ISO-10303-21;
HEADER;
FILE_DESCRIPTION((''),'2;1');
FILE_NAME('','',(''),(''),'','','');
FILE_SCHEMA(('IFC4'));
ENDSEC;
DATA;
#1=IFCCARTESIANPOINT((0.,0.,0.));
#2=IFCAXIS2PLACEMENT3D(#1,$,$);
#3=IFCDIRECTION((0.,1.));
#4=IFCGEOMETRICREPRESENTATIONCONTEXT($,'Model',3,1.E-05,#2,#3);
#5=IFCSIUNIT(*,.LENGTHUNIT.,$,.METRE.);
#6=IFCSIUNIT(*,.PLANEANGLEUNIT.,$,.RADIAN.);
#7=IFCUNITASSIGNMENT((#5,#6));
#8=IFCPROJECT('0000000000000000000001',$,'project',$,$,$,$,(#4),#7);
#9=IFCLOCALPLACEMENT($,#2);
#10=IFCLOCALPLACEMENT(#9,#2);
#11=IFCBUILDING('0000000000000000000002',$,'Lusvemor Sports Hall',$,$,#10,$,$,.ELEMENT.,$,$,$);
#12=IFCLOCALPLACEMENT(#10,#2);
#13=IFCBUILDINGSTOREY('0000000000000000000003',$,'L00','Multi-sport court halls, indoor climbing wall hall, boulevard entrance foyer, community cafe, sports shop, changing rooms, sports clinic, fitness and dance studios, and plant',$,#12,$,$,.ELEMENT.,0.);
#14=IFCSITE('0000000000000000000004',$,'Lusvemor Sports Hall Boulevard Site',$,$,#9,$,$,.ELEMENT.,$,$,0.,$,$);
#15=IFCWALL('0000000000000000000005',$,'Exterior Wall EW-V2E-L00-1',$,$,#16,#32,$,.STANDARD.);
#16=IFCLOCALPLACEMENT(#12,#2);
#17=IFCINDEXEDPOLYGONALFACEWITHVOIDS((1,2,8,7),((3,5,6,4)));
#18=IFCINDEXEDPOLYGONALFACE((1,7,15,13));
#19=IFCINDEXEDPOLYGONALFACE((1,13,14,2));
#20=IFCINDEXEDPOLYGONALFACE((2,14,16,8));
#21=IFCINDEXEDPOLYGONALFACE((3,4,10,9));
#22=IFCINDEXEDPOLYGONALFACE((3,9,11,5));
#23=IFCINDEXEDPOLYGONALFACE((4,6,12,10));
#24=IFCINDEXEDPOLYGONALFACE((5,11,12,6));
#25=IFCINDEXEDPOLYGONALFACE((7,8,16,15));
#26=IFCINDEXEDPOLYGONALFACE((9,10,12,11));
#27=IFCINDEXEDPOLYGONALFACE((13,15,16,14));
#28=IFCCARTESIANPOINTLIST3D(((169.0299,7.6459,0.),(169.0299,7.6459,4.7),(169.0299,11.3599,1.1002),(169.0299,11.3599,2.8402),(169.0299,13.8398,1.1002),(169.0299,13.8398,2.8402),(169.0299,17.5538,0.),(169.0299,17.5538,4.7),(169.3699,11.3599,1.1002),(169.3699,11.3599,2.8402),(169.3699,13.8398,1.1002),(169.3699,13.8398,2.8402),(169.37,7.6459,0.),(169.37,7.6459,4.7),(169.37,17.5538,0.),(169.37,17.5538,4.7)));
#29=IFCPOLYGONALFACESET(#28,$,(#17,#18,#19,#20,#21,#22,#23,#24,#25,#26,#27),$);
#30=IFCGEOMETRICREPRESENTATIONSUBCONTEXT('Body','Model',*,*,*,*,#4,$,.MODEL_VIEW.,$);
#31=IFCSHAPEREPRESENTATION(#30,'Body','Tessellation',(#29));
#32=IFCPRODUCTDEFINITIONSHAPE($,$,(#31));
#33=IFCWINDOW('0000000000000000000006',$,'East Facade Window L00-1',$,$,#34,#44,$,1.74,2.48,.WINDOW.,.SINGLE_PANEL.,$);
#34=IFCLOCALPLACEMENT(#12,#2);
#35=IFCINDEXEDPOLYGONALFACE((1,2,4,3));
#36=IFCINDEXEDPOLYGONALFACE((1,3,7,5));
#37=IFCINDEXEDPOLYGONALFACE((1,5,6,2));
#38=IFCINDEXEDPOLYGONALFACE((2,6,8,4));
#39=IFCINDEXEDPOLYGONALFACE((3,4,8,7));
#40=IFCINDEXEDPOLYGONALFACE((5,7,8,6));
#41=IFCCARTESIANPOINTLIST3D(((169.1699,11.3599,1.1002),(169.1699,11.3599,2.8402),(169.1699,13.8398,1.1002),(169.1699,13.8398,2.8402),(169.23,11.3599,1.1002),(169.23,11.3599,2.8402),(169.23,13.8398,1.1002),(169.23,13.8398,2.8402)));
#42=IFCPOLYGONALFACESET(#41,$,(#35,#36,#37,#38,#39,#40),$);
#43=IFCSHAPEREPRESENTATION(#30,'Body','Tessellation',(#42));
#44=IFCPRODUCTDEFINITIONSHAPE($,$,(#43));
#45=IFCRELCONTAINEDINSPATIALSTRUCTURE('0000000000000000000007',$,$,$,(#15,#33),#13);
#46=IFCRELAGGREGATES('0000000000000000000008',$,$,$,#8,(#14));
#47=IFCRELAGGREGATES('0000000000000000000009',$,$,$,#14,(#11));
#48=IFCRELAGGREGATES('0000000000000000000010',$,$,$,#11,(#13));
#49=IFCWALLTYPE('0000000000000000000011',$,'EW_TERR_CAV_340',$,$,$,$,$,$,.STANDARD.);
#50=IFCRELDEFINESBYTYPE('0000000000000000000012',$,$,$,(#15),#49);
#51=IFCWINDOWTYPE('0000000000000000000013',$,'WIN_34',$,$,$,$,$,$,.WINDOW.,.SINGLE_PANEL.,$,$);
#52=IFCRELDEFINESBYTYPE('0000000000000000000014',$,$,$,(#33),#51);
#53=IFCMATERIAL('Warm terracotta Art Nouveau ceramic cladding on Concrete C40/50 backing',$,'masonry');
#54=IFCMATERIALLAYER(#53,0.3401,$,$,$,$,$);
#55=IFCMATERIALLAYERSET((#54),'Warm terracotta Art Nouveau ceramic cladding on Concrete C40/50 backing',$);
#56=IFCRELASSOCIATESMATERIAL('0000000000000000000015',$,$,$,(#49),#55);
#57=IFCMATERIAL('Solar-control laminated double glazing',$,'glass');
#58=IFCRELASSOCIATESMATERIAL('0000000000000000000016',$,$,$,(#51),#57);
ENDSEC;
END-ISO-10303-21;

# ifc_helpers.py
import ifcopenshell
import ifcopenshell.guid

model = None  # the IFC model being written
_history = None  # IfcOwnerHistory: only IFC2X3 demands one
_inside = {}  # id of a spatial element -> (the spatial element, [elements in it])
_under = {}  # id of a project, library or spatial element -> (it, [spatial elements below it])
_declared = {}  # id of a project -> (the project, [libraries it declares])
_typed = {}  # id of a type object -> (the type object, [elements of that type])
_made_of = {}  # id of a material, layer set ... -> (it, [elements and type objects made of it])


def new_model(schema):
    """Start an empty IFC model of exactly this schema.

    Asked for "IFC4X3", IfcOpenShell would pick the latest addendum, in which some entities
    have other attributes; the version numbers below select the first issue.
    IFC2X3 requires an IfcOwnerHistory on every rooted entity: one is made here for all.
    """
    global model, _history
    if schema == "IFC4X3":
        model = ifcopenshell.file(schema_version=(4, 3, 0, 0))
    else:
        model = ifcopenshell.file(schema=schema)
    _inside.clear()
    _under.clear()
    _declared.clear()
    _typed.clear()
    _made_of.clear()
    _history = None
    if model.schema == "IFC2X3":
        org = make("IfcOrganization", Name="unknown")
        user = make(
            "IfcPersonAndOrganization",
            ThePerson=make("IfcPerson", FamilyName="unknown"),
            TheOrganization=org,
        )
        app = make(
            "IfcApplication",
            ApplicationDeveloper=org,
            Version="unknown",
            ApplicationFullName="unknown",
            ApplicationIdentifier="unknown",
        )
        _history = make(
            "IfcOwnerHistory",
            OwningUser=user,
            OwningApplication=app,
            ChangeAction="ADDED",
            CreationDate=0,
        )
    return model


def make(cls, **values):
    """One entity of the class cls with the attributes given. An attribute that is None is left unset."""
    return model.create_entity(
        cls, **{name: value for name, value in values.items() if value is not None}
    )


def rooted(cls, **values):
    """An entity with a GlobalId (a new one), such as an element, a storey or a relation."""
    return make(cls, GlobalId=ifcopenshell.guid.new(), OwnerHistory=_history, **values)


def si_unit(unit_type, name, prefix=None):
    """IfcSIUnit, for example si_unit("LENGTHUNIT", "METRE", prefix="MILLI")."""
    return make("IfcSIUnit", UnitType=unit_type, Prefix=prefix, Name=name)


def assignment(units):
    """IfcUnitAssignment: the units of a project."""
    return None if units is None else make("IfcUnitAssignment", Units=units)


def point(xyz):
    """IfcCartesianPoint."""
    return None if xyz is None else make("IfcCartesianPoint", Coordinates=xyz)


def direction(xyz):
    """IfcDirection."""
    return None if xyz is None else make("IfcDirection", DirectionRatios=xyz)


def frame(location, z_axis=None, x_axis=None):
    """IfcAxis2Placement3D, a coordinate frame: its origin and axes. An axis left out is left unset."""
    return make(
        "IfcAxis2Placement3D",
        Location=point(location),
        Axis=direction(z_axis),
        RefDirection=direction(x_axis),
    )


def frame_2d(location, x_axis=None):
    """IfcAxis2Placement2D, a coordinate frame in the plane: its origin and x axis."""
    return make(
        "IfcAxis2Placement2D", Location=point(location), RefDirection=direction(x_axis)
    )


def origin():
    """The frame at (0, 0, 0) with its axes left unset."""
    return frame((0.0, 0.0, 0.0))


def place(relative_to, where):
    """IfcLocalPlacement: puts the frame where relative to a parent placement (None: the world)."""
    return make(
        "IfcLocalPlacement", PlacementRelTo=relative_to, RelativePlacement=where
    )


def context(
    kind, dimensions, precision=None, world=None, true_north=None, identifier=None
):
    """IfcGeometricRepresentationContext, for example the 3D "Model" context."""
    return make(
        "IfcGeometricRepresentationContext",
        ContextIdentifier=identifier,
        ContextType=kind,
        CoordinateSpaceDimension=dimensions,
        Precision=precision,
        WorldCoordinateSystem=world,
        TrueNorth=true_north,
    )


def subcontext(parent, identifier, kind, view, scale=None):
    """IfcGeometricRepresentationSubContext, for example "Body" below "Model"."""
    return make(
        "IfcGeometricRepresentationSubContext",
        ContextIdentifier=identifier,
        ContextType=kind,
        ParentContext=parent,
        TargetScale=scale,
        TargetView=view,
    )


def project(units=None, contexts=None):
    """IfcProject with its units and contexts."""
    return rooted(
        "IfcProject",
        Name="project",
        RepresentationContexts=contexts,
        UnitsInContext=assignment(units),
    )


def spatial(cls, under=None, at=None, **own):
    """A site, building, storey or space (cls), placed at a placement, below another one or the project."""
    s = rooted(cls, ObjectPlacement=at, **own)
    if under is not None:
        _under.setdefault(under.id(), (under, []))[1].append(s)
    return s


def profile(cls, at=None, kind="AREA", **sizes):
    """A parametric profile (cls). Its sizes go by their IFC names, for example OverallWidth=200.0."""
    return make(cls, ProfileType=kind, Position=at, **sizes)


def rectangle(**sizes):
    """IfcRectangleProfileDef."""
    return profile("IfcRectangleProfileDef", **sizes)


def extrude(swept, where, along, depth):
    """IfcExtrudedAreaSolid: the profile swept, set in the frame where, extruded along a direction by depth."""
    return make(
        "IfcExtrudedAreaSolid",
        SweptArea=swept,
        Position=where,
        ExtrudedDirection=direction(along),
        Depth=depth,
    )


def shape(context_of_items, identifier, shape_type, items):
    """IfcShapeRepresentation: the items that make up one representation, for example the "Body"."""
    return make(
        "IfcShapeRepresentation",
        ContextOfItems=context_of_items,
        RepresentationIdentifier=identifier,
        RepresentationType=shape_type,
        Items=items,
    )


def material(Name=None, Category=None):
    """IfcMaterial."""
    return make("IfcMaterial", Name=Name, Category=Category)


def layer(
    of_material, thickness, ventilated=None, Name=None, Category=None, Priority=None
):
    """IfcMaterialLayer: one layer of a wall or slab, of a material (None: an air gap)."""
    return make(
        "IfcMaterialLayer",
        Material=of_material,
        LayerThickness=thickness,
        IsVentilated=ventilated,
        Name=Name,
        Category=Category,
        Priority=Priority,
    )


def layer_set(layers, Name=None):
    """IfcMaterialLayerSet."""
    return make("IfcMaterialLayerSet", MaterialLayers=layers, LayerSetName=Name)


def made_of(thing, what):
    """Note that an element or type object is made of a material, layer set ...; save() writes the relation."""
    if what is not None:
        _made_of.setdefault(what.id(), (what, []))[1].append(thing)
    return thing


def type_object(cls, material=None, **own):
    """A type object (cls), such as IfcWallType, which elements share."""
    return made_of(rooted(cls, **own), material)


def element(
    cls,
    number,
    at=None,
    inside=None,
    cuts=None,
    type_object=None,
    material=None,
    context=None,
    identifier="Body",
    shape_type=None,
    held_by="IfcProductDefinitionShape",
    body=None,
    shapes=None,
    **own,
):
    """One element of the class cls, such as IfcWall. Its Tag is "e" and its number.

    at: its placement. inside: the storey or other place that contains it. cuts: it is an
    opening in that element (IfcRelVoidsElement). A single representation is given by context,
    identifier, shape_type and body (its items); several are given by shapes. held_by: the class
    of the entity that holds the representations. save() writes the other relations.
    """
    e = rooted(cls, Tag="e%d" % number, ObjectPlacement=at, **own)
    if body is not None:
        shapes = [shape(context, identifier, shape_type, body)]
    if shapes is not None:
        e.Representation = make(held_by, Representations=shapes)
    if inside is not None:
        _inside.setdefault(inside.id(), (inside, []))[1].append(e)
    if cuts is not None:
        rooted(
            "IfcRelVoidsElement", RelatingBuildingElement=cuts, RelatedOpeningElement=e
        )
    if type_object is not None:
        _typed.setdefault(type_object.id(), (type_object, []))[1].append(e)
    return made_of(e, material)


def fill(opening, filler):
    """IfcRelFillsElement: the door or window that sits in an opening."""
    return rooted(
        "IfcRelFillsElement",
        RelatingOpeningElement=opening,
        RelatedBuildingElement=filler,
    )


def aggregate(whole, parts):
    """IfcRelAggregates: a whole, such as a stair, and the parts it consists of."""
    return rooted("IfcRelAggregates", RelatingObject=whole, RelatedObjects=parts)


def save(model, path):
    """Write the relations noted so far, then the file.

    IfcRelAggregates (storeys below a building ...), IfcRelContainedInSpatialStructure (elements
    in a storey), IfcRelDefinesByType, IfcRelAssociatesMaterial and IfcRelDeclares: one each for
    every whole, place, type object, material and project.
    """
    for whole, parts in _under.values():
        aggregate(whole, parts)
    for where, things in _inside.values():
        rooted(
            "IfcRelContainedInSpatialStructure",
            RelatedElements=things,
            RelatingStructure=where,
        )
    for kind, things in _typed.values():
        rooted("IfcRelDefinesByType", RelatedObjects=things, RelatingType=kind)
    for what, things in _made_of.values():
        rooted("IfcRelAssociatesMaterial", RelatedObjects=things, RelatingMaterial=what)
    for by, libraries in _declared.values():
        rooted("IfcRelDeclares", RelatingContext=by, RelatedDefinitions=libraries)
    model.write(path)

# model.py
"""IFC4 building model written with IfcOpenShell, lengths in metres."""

from ifc_helpers import new_model, si_unit, direction, frame, frame_2d, origin, place, context, subcontext, project, spatial, rectangle, extrude, material, layer, layer_set, type_object, element, fill, save


model = new_model("IFC4")

# Units and contexts
model_context = context("Model", 3, precision=1e-05, world=origin(), true_north=direction((0.0, 1.0)))
body_context = subcontext(model_context, "Body", "Model", "MODEL_VIEW")
ifc_project = project(units=[si_unit("LENGTHUNIT", "METRE"), si_unit("PLANEANGLEUNIT", "RADIAN")], contexts=[model_context])

# Site, building, storey
site_placement = place(None, origin())
site = spatial("IfcSite", under=ifc_project, at=site_placement, Name="Lusvemor Sports Hall Boulevard Site", CompositionType="ELEMENT", RefElevation=0.0)
building_placement = place(site_placement, origin())
building = spatial("IfcBuilding", under=site, at=building_placement, Name="Lusvemor Sports Hall", CompositionType="ELEMENT")
storey_placement = place(building_placement, origin())
storey = spatial("IfcBuildingStorey", under=building, at=storey_placement, Name="L00", Description="Multi-sport court halls, indoor climbing wall hall, boulevard entrance foyer, community cafe, sports shop, changing rooms, sports clinic, fitness and dance studios, and plant", CompositionType="ELEMENT", Elevation=0.0)

# Wall, opening, window
ifc_material_1 = material(Name="Warm terracotta Art Nouveau ceramic cladding on Concrete C40/50 backing", Category="masonry")
ifc_layer = layer(ifc_material_1, 0.3401)
ifc_layer_set = layer_set([ifc_layer], Name="Warm terracotta Art Nouveau ceramic cladding on Concrete C40/50 backing")
wall_type = type_object("IfcWallType", Name="EW_TERR_CAV_340", PredefinedType="STANDARD", material=ifc_layer_set)
wall_1_placement = place(storey_placement, frame((169.2, 17.554, 0.0), z_axis=(0.0, 0.0, 1.0), x_axis=(0.0, -1.0, 0.0)))
wall_1 = element("IfcWall", 1, at=wall_1_placement, inside=storey, type_object=wall_type, Name="Exterior Wall EW-V2E-L00-1", PredefinedType="STANDARD", context=body_context, shape_type="SweptSolid", body=[
    extrude(rectangle(XDim=9.908, YDim=0.3401, at=frame_2d((4.9541, 0.0))), origin(), (0.0, 0.0, 1.0), 4.7),
])
opening_1_placement = place(wall_1_placement, frame((3.7141, 0.0, 1.1001)))
opening_1 = element("IfcOpeningElement", 2, at=opening_1_placement, cuts=wall_1, PredefinedType="OPENING", context=body_context, shape_type="SweptSolid", body=[
    extrude(rectangle(XDim=2.48, YDim=1.74, at=frame_2d((1.24, 0.8701))), frame((0.0, 0.1699, 0.0), z_axis=(0.0, -1.0, 0.0), x_axis=(1.0, 0.0, 0.0)), (0.0, 0.0, 1.0), 0.3401),
])
ifc_material_2 = material(Name="Solar-control laminated double glazing", Category="glass")
window_type_1 = type_object("IfcWindowType", Name="WIN_34", PartitioningType="SINGLE_PANEL", PredefinedType="WINDOW", material=ifc_material_2)
window_1_placement = place(opening_1_placement, origin())
window_1 = element("IfcWindow", 3, at=window_1_placement, inside=storey, type_object=window_type_1, Name="East Facade Window L00-1", OverallHeight=1.74, OverallWidth=2.48, PartitioningType="SINGLE_PANEL", PredefinedType="WINDOW", context=body_context, shape_type="SweptSolid", body=[
    extrude(rectangle(XDim=2.48, YDim=1.74, at=frame_2d((1.24, 0.8701))), frame((0.0, 0.03, 0.0), z_axis=(0.0, -1.0, 0.0), x_axis=(1.0, 0.0, 0.0)), (0.0, 0.0, 1.0), 0.0601),
])
fill(opening_1, window_1)

save(model, "model.ifc")
